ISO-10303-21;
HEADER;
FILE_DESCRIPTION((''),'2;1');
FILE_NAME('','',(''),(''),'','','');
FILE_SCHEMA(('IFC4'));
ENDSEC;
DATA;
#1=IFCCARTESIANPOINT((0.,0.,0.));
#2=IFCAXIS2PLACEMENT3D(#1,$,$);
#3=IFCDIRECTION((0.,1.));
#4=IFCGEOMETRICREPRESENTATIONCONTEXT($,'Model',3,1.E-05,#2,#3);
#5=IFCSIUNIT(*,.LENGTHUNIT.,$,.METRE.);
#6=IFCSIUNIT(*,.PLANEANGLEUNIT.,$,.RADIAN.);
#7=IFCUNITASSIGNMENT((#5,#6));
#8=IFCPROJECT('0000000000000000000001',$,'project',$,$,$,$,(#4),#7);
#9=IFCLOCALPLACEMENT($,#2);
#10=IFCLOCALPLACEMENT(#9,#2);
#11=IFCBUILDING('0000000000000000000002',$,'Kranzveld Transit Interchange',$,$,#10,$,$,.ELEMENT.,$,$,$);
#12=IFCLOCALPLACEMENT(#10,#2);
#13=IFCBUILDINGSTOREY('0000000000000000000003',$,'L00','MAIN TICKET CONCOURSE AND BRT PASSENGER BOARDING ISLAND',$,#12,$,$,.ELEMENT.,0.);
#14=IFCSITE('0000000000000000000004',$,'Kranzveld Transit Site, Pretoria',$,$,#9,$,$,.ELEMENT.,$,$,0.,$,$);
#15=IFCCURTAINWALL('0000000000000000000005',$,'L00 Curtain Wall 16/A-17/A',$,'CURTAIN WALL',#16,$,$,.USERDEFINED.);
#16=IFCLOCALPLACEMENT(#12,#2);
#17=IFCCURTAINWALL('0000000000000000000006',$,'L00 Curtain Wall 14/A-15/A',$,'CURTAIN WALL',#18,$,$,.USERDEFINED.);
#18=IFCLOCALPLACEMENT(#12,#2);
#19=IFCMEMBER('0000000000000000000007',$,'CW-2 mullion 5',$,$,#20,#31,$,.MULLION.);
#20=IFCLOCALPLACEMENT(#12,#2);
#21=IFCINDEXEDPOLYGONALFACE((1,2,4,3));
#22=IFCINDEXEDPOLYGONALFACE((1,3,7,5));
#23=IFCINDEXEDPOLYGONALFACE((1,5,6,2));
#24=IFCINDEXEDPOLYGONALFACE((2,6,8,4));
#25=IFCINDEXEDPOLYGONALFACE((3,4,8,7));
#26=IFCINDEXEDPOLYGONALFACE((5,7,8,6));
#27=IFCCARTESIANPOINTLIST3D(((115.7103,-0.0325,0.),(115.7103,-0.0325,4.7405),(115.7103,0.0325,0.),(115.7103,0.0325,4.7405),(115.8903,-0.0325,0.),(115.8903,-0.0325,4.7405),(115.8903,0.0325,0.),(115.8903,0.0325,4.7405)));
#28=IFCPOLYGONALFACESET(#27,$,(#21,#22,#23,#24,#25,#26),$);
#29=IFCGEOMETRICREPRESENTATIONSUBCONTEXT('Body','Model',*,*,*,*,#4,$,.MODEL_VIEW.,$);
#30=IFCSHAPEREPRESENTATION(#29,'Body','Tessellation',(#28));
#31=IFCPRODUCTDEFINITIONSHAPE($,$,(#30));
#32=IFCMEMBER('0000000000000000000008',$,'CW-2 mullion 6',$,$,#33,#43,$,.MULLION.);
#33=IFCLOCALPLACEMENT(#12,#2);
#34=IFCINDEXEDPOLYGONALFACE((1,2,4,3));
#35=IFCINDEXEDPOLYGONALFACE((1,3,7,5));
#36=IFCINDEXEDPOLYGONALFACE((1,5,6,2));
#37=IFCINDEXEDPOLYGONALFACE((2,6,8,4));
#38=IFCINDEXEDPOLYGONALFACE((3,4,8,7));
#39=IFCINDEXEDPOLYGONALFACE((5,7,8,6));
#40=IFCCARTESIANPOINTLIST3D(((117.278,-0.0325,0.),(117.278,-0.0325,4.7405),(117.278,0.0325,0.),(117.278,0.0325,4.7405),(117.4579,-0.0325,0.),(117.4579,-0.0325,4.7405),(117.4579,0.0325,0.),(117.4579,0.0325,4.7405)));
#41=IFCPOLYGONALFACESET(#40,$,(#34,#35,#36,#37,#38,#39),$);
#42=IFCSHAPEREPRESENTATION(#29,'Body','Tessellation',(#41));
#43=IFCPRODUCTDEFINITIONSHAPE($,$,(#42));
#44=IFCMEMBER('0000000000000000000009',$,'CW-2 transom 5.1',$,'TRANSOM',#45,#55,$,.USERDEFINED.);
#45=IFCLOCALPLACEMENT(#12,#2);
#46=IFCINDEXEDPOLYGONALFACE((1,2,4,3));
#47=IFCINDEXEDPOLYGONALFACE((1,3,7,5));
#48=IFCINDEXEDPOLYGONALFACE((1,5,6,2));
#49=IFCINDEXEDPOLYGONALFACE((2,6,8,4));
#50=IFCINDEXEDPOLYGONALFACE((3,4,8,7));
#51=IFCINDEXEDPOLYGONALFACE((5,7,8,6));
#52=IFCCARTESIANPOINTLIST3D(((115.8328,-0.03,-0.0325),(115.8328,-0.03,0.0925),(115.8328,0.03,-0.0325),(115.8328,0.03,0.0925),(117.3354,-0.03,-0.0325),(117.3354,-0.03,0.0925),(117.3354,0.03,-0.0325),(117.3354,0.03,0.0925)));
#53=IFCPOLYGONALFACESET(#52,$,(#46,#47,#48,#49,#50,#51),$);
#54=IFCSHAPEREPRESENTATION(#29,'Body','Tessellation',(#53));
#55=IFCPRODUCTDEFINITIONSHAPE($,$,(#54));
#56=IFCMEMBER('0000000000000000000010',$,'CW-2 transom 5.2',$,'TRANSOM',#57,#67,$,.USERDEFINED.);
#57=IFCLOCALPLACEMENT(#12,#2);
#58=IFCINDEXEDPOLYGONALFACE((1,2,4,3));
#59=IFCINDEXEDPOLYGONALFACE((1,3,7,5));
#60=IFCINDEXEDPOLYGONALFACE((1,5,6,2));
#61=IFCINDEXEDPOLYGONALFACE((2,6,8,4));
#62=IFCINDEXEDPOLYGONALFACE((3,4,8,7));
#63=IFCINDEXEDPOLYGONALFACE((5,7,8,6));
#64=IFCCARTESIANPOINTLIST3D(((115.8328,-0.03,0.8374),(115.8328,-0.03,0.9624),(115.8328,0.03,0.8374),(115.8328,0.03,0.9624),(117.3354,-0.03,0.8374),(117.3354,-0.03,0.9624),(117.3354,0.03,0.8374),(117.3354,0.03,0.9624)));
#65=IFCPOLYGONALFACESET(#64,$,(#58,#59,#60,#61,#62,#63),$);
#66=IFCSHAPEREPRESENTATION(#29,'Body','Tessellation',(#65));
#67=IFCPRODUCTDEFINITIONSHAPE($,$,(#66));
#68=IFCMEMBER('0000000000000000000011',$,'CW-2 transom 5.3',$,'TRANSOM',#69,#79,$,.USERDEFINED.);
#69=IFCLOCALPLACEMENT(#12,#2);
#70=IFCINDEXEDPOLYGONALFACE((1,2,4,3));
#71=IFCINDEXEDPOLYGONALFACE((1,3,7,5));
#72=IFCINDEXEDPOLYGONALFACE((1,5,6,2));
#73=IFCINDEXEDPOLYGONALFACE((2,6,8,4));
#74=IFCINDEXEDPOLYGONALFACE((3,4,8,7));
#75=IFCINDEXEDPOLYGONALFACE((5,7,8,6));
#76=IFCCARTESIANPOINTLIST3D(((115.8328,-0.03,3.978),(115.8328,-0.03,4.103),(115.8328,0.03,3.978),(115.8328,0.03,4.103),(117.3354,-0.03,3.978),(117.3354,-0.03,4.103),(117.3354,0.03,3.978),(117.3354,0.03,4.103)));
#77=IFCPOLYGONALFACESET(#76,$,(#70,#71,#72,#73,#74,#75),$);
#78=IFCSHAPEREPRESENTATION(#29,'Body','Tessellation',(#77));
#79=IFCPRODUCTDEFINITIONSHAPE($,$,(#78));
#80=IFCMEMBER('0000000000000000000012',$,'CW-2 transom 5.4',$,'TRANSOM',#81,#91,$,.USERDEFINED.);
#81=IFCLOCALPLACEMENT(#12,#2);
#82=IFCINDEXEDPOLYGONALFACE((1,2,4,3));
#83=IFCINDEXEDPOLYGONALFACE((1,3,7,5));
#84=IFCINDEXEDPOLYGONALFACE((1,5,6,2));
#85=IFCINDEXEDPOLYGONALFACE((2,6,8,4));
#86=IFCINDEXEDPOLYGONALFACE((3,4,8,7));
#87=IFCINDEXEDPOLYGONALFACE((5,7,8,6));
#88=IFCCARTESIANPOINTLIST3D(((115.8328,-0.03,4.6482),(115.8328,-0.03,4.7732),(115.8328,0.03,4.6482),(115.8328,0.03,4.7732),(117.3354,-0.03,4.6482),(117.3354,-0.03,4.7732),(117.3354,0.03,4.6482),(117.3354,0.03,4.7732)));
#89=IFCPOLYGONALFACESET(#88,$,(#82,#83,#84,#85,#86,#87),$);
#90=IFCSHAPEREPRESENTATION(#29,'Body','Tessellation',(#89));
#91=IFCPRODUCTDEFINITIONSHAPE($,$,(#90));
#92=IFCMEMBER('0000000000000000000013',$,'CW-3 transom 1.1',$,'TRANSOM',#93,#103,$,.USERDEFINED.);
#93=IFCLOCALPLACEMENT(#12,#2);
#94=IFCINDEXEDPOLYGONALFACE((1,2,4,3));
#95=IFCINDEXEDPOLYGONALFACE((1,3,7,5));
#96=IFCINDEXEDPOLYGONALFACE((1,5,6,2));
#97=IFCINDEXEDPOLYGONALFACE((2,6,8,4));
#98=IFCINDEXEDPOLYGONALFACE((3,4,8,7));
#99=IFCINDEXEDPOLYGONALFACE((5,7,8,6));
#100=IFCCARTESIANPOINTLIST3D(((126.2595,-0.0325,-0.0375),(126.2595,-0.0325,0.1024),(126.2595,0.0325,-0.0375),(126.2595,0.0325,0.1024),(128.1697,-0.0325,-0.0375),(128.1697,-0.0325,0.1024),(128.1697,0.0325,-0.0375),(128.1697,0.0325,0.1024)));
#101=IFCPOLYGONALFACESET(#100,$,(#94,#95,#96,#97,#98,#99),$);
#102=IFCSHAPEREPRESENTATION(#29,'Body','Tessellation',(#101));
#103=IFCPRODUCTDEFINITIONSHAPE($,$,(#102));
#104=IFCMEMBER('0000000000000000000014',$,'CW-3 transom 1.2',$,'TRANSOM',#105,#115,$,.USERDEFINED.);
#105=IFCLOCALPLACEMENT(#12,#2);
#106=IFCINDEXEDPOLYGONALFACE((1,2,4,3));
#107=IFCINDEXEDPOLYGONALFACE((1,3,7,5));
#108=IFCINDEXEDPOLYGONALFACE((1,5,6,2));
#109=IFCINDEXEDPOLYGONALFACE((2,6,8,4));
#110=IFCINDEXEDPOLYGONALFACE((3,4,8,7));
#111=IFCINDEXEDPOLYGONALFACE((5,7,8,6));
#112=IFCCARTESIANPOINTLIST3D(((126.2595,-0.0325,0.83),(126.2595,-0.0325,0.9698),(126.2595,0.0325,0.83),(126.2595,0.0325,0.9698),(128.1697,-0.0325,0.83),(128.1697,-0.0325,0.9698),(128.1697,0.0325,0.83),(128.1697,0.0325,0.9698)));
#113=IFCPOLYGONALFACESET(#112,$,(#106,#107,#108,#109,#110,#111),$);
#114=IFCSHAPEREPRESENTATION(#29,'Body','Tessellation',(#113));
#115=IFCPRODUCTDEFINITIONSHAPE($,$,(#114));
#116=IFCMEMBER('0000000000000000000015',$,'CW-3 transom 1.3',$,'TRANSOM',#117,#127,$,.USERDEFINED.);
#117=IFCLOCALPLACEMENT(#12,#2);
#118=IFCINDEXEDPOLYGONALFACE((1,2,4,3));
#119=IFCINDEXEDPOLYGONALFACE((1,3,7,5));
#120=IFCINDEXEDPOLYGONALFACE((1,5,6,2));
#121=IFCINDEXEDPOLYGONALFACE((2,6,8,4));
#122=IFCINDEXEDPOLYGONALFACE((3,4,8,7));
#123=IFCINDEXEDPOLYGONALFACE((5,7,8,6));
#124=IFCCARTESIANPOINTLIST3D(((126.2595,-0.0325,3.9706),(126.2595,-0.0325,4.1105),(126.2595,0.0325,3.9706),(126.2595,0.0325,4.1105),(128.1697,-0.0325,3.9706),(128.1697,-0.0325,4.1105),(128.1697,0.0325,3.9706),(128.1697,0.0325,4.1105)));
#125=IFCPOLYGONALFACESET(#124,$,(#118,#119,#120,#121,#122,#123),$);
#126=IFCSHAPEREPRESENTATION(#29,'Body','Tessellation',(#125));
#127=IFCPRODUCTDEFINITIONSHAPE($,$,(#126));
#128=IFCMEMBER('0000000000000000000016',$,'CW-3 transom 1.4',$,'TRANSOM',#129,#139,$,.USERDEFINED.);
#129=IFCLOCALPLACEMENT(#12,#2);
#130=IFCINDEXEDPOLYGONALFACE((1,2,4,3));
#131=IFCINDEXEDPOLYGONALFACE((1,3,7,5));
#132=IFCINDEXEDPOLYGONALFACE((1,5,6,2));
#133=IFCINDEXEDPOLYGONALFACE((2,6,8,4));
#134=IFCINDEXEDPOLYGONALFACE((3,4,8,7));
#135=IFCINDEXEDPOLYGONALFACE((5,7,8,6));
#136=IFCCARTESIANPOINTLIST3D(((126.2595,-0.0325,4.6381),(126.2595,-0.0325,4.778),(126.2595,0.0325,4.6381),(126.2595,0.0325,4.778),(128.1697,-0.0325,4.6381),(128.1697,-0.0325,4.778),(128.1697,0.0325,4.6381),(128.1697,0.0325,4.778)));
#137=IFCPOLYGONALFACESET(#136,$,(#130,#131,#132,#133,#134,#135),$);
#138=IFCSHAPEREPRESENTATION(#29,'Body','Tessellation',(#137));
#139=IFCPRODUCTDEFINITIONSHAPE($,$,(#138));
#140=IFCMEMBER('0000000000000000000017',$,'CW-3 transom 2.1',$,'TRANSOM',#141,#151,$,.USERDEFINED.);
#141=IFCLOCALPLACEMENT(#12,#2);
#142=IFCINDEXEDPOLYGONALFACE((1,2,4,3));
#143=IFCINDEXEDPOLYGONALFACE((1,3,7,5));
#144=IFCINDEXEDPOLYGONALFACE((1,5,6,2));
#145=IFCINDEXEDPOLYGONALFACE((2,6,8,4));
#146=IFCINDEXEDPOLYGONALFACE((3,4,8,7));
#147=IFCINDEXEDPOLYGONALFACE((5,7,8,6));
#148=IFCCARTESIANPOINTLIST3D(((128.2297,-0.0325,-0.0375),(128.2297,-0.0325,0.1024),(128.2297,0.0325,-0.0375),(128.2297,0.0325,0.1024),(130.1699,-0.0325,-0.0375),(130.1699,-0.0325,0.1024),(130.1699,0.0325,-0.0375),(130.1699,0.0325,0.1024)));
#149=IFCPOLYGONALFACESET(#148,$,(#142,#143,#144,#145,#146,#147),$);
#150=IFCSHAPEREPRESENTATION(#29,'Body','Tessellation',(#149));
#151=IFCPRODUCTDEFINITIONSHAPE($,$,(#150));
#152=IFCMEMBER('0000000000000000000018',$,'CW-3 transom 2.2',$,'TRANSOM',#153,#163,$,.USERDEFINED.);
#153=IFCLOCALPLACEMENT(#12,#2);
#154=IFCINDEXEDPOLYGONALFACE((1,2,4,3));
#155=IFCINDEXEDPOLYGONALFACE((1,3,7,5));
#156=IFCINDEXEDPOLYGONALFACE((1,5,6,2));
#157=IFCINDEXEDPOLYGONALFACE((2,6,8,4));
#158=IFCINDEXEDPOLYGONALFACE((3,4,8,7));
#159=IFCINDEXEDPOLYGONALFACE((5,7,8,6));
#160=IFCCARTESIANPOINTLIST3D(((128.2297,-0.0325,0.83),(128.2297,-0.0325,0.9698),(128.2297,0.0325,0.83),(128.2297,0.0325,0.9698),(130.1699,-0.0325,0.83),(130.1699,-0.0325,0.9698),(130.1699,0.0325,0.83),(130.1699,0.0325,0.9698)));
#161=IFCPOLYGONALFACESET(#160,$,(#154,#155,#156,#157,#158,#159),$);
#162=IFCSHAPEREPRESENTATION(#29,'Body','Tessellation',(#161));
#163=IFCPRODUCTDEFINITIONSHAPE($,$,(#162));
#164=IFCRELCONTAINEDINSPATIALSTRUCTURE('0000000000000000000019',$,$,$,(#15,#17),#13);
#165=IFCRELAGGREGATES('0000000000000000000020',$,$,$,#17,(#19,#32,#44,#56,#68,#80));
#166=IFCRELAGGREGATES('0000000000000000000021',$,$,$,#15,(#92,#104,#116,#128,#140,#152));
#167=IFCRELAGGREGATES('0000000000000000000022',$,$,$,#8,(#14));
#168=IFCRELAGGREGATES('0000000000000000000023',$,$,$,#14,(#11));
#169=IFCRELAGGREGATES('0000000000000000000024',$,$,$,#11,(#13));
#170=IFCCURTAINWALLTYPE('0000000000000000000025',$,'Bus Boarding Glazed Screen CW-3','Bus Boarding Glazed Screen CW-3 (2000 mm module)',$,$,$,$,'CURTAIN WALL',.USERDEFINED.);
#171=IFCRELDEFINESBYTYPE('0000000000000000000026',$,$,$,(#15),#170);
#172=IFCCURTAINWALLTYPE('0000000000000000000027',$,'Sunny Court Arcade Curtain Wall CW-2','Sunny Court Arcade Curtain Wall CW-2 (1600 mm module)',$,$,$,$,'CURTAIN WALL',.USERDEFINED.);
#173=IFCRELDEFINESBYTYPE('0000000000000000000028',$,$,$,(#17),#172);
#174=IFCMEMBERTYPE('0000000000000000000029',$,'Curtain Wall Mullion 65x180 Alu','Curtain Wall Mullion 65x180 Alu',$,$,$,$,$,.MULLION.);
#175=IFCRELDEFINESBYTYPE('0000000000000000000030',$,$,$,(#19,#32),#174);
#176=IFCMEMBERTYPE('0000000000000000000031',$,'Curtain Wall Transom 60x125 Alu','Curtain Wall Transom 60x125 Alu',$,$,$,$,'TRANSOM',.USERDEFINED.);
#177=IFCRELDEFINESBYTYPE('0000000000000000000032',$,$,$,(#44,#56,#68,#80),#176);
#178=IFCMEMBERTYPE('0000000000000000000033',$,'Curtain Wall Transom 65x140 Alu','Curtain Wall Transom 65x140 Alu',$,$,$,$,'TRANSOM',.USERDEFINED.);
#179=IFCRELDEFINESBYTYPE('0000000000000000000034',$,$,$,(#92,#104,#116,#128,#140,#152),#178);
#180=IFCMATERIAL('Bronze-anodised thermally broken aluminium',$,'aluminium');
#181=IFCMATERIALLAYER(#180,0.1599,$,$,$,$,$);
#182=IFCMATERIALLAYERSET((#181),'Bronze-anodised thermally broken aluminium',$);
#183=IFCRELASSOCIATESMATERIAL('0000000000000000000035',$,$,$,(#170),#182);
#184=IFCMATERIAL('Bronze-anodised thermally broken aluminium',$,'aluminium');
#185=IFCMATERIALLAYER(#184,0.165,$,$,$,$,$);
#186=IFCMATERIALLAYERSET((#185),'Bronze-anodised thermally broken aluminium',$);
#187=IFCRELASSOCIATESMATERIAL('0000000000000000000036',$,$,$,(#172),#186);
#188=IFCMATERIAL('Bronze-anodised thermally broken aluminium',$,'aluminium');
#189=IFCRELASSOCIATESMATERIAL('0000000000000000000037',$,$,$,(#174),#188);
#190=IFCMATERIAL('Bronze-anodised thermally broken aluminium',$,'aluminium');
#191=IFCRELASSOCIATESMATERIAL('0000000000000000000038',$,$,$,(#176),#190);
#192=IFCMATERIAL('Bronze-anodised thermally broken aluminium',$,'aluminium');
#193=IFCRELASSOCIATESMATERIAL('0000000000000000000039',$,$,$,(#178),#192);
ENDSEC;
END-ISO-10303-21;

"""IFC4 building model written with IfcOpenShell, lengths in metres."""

from ifc_helpers import new_model, si_unit, direction, frame, origin, origin_2d, place, context, subcontext, project, spatial, rectangle, extrude, material, layer, layer_set, material_profile, profile_set, type_object, element, aggregate, save


model = new_model("IFC4")

# Units and contexts
model_context = context("Model", 3, precision=1e-05, world=origin(), true_north=direction((0.0, 1.0)))
body_context = subcontext(model_context, "Body", "Model", "MODEL_VIEW")
ifc_project = project(units=[si_unit("LENGTHUNIT", "METRE"), si_unit("PLANEANGLEUNIT", "RADIAN")], contexts=[model_context])

# Site, building, storey
site_placement = place(None, origin())
site = spatial("IfcSite", under=ifc_project, at=site_placement, Name="Kranzveld Transit Site, Pretoria", CompositionType="ELEMENT", RefElevation=0.0)
building_placement = place(site_placement, origin())
building = spatial("IfcBuilding", under=site, at=building_placement, Name="Kranzveld Transit Interchange", CompositionType="ELEMENT")
storey_placement = place(building_placement, origin())
storey = spatial("IfcBuildingStorey", under=building, at=storey_placement, Name="L00", Description="MAIN TICKET CONCOURSE AND BRT PASSENGER BOARDING ISLAND", CompositionType="ELEMENT", Elevation=0.0)

# Curtain walls, members
ifc_material_1 = material(Name="Bronze-anodised thermally broken aluminium", Category="aluminium")
ifc_layer_1 = layer(ifc_material_1, 0.1599)
ifc_layer_set_1 = layer_set([ifc_layer_1], Name="Bronze-anodised thermally broken aluminium")
curtain_wall_type_1 = type_object("IfcCurtainWallType", Name="Bus Boarding Glazed Screen CW-3", Description="Bus Boarding Glazed Screen CW-3 (2000 mm module)", ElementType="CURTAIN WALL", PredefinedType="USERDEFINED", material=ifc_layer_set_1)
curtain_wall_1_placement = place(storey_placement, origin())
curtain_wall_1 = element("IfcCurtainWall", 1, at=curtain_wall_1_placement, inside=storey, type_object=curtain_wall_type_1, Name="L00 Curtain Wall 16/A-17/A", ObjectType="CURTAIN WALL", PredefinedType="USERDEFINED")
ifc_material_2 = material(Name="Bronze-anodised thermally broken aluminium", Category="aluminium")
ifc_layer_2 = layer(ifc_material_2, 0.165)
ifc_layer_set_2 = layer_set([ifc_layer_2], Name="Bronze-anodised thermally broken aluminium")
curtain_wall_type_2 = type_object("IfcCurtainWallType", Name="Sunny Court Arcade Curtain Wall CW-2", Description="Sunny Court Arcade Curtain Wall CW-2 (1600 mm module)", ElementType="CURTAIN WALL", PredefinedType="USERDEFINED", material=ifc_layer_set_2)
curtain_wall_2_placement = place(storey_placement, origin())
curtain_wall_2 = element("IfcCurtainWall", 2, at=curtain_wall_2_placement, inside=storey, type_object=curtain_wall_type_2, Name="L00 Curtain Wall 14/A-15/A", ObjectType="CURTAIN WALL", PredefinedType="USERDEFINED")
ifc_material_3 = material(Name="Bronze-anodised thermally broken aluminium", Category="aluminium")
ifc_material_profile_1 = material_profile(ifc_material_3, rectangle(XDim=0.0649, YDim=0.1799, at=origin_2d()), Name="ALU MULLION 65x180")
ifc_profile_set_1 = profile_set([ifc_material_profile_1], Name="Bronze-anodised thermally broken aluminium")
member_type_1 = type_object("IfcMemberType", Name="Curtain Wall Mullion 65x180 Alu", Description="Curtain Wall Mullion 65x180 Alu", PredefinedType="MULLION", material=ifc_profile_set_1)
member_1_placement = place(storey_placement, frame((115.8003, 0.0, 0.0), z_axis=(0.0, 0.0, 1.0), x_axis=(0.0, 1.0, 0.0)))
member_1 = element("IfcMember", 3, at=member_1_placement, type_object=member_type_1, Name="CW-2 mullion 5", PredefinedType="MULLION", context=body_context, shape_type="SweptSolid", body=[
    extrude(rectangle(XDim=0.0649, YDim=0.1799, at=origin_2d()), origin(), (0.0, 0.0, 1.0), 4.7405),
])
member_2_placement = place(storey_placement, frame((117.3679, 0.0, 0.0), z_axis=(0.0, 0.0, 1.0), x_axis=(0.0, 1.0, 0.0)))
member_2 = element("IfcMember", 4, at=member_2_placement, type_object=member_type_1, Name="CW-2 mullion 6", PredefinedType="MULLION", context=body_context, shape_type="SweptSolid", body=[
    extrude(rectangle(XDim=0.0649, YDim=0.1799, at=origin_2d()), origin(), (0.0, 0.0, 1.0), 4.7405),
])
ifc_material_4 = material(Name="Bronze-anodised thermally broken aluminium", Category="aluminium")
ifc_material_profile_2 = material_profile(ifc_material_4, rectangle(XDim=0.0601, YDim=0.125, at=origin_2d()), Name="ALU TRANSOM 60x125")
ifc_profile_set_2 = profile_set([ifc_material_profile_2], Name="Bronze-anodised thermally broken aluminium")
member_type_2 = type_object("IfcMemberType", Name="Curtain Wall Transom 60x125 Alu", Description="Curtain Wall Transom 60x125 Alu", ElementType="TRANSOM", PredefinedType="USERDEFINED", material=ifc_profile_set_2)
member_3_placement = place(storey_placement, frame((115.8328, 0.0, 0.03), z_axis=(1.0, 0.0, 0.0), x_axis=(0.0, 1.0, 0.0)))
member_3 = element("IfcMember", 5, at=member_3_placement, type_object=member_type_2, Name="CW-2 transom 5.1", ObjectType="TRANSOM", PredefinedType="USERDEFINED", context=body_context, shape_type="SweptSolid", body=[
    extrude(rectangle(XDim=0.0601, YDim=0.125, at=origin_2d()), origin(), (0.0, 0.0, 1.0), 1.5027),
])
member_4_placement = place(storey_placement, frame((115.8328, 0.0, 0.8999), z_axis=(1.0, 0.0, 0.0), x_axis=(0.0, 1.0, 0.0)))
member_4 = element("IfcMember", 6, at=member_4_placement, type_object=member_type_2, Name="CW-2 transom 5.2", ObjectType="TRANSOM", PredefinedType="USERDEFINED", context=body_context, shape_type="SweptSolid", body=[
    extrude(rectangle(XDim=0.0601, YDim=0.125, at=origin_2d()), origin(), (0.0, 0.0, 1.0), 1.5027),
])
member_5_placement = place(storey_placement, frame((115.8328, 0.0, 4.0405), z_axis=(1.0, 0.0, 0.0), x_axis=(0.0, 1.0, 0.0)))
member_5 = element("IfcMember", 7, at=member_5_placement, type_object=member_type_2, Name="CW-2 transom 5.3", ObjectType="TRANSOM", PredefinedType="USERDEFINED", context=body_context, shape_type="SweptSolid", body=[
    extrude(rectangle(XDim=0.0601, YDim=0.125, at=origin_2d()), origin(), (0.0, 0.0, 1.0), 1.5027),
])
member_6_placement = place(storey_placement, frame((115.8328, 0.0, 4.7107), z_axis=(1.0, 0.0, 0.0), x_axis=(0.0, 1.0, 0.0)))
member_6 = element("IfcMember", 8, at=member_6_placement, type_object=member_type_2, Name="CW-2 transom 5.4", ObjectType="TRANSOM", PredefinedType="USERDEFINED", context=body_context, shape_type="SweptSolid", body=[
    extrude(rectangle(XDim=0.0601, YDim=0.125, at=origin_2d()), origin(), (0.0, 0.0, 1.0), 1.5027),
])

# Members
ifc_material_5 = material(Name="Bronze-anodised thermally broken aluminium", Category="aluminium")
ifc_material_profile_3 = material_profile(ifc_material_5, rectangle(XDim=0.0649, YDim=0.1399, at=origin_2d()), Name="ALU TRANSOM 65x140")
ifc_profile_set_3 = profile_set([ifc_material_profile_3], Name="Bronze-anodised thermally broken aluminium")
member_type_3 = type_object("IfcMemberType", Name="Curtain Wall Transom 65x140 Alu", Description="Curtain Wall Transom 65x140 Alu", ElementType="TRANSOM", PredefinedType="USERDEFINED", material=ifc_profile_set_3)
member_7_placement = place(storey_placement, frame((126.2595, 0.0, 0.0325), z_axis=(1.0, 0.0, 0.0), x_axis=(0.0, 1.0, 0.0)))
member_7 = element("IfcMember", 9, at=member_7_placement, type_object=member_type_3, Name="CW-3 transom 1.1", ObjectType="TRANSOM", PredefinedType="USERDEFINED", context=body_context, shape_type="SweptSolid", body=[
    extrude(rectangle(XDim=0.0649, YDim=0.1399, at=origin_2d()), origin(), (0.0, 0.0, 1.0), 1.9102),
])
member_8_placement = place(storey_placement, frame((126.2595, 0.0, 0.8999), z_axis=(1.0, 0.0, 0.0), x_axis=(0.0, 1.0, 0.0)))
member_8 = element("IfcMember", 10, at=member_8_placement, type_object=member_type_3, Name="CW-3 transom 1.2", ObjectType="TRANSOM", PredefinedType="USERDEFINED", context=body_context, shape_type="SweptSolid", body=[
    extrude(rectangle(XDim=0.0649, YDim=0.1399, at=origin_2d()), origin(), (0.0, 0.0, 1.0), 1.9102),
])
member_9_placement = place(storey_placement, frame((126.2595, 0.0, 4.0405), z_axis=(1.0, 0.0, 0.0), x_axis=(0.0, 1.0, 0.0)))
member_9 = element("IfcMember", 11, at=member_9_placement, type_object=member_type_3, Name="CW-3 transom 1.3", ObjectType="TRANSOM", PredefinedType="USERDEFINED", context=body_context, shape_type="SweptSolid", body=[
    extrude(rectangle(XDim=0.0649, YDim=0.1399, at=origin_2d()), origin(), (0.0, 0.0, 1.0), 1.9102),
])
member_10_placement = place(storey_placement, frame((126.2595, 0.0, 4.708), z_axis=(1.0, 0.0, 0.0), x_axis=(0.0, 1.0, 0.0)))
member_10 = element("IfcMember", 12, at=member_10_placement, type_object=member_type_3, Name="CW-3 transom 1.4", ObjectType="TRANSOM", PredefinedType="USERDEFINED", context=body_context, shape_type="SweptSolid", body=[
    extrude(rectangle(XDim=0.0649, YDim=0.1399, at=origin_2d()), origin(), (0.0, 0.0, 1.0), 1.9102),
])
member_11_placement = place(storey_placement, frame((128.2297, 0.0, 0.0325), z_axis=(1.0, 0.0, 0.0), x_axis=(0.0, 1.0, 0.0)))
member_11 = element("IfcMember", 13, at=member_11_placement, type_object=member_type_3, Name="CW-3 transom 2.1", ObjectType="TRANSOM", PredefinedType="USERDEFINED", context=body_context, shape_type="SweptSolid", body=[
    extrude(rectangle(XDim=0.0649, YDim=0.1399, at=origin_2d()), origin(), (0.0, 0.0, 1.0), 1.9402),
])
member_12_placement = place(storey_placement, frame((128.2297, 0.0, 0.8999), z_axis=(1.0, 0.0, 0.0), x_axis=(0.0, 1.0, 0.0)))
member_12 = element("IfcMember", 14, at=member_12_placement, type_object=member_type_3, Name="CW-3 transom 2.2", ObjectType="TRANSOM", PredefinedType="USERDEFINED", context=body_context, shape_type="SweptSolid", body=[
    extrude(rectangle(XDim=0.0649, YDim=0.1399, at=origin_2d()), origin(), (0.0, 0.0, 1.0), 1.9402),
])

aggregate(curtain_wall_2, [member_1, member_2, member_3, member_4, member_5, member_6])
aggregate(curtain_wall_1, [member_7, member_8, member_9, member_10, member_11, member_12])

save(model, "model.ifc")
